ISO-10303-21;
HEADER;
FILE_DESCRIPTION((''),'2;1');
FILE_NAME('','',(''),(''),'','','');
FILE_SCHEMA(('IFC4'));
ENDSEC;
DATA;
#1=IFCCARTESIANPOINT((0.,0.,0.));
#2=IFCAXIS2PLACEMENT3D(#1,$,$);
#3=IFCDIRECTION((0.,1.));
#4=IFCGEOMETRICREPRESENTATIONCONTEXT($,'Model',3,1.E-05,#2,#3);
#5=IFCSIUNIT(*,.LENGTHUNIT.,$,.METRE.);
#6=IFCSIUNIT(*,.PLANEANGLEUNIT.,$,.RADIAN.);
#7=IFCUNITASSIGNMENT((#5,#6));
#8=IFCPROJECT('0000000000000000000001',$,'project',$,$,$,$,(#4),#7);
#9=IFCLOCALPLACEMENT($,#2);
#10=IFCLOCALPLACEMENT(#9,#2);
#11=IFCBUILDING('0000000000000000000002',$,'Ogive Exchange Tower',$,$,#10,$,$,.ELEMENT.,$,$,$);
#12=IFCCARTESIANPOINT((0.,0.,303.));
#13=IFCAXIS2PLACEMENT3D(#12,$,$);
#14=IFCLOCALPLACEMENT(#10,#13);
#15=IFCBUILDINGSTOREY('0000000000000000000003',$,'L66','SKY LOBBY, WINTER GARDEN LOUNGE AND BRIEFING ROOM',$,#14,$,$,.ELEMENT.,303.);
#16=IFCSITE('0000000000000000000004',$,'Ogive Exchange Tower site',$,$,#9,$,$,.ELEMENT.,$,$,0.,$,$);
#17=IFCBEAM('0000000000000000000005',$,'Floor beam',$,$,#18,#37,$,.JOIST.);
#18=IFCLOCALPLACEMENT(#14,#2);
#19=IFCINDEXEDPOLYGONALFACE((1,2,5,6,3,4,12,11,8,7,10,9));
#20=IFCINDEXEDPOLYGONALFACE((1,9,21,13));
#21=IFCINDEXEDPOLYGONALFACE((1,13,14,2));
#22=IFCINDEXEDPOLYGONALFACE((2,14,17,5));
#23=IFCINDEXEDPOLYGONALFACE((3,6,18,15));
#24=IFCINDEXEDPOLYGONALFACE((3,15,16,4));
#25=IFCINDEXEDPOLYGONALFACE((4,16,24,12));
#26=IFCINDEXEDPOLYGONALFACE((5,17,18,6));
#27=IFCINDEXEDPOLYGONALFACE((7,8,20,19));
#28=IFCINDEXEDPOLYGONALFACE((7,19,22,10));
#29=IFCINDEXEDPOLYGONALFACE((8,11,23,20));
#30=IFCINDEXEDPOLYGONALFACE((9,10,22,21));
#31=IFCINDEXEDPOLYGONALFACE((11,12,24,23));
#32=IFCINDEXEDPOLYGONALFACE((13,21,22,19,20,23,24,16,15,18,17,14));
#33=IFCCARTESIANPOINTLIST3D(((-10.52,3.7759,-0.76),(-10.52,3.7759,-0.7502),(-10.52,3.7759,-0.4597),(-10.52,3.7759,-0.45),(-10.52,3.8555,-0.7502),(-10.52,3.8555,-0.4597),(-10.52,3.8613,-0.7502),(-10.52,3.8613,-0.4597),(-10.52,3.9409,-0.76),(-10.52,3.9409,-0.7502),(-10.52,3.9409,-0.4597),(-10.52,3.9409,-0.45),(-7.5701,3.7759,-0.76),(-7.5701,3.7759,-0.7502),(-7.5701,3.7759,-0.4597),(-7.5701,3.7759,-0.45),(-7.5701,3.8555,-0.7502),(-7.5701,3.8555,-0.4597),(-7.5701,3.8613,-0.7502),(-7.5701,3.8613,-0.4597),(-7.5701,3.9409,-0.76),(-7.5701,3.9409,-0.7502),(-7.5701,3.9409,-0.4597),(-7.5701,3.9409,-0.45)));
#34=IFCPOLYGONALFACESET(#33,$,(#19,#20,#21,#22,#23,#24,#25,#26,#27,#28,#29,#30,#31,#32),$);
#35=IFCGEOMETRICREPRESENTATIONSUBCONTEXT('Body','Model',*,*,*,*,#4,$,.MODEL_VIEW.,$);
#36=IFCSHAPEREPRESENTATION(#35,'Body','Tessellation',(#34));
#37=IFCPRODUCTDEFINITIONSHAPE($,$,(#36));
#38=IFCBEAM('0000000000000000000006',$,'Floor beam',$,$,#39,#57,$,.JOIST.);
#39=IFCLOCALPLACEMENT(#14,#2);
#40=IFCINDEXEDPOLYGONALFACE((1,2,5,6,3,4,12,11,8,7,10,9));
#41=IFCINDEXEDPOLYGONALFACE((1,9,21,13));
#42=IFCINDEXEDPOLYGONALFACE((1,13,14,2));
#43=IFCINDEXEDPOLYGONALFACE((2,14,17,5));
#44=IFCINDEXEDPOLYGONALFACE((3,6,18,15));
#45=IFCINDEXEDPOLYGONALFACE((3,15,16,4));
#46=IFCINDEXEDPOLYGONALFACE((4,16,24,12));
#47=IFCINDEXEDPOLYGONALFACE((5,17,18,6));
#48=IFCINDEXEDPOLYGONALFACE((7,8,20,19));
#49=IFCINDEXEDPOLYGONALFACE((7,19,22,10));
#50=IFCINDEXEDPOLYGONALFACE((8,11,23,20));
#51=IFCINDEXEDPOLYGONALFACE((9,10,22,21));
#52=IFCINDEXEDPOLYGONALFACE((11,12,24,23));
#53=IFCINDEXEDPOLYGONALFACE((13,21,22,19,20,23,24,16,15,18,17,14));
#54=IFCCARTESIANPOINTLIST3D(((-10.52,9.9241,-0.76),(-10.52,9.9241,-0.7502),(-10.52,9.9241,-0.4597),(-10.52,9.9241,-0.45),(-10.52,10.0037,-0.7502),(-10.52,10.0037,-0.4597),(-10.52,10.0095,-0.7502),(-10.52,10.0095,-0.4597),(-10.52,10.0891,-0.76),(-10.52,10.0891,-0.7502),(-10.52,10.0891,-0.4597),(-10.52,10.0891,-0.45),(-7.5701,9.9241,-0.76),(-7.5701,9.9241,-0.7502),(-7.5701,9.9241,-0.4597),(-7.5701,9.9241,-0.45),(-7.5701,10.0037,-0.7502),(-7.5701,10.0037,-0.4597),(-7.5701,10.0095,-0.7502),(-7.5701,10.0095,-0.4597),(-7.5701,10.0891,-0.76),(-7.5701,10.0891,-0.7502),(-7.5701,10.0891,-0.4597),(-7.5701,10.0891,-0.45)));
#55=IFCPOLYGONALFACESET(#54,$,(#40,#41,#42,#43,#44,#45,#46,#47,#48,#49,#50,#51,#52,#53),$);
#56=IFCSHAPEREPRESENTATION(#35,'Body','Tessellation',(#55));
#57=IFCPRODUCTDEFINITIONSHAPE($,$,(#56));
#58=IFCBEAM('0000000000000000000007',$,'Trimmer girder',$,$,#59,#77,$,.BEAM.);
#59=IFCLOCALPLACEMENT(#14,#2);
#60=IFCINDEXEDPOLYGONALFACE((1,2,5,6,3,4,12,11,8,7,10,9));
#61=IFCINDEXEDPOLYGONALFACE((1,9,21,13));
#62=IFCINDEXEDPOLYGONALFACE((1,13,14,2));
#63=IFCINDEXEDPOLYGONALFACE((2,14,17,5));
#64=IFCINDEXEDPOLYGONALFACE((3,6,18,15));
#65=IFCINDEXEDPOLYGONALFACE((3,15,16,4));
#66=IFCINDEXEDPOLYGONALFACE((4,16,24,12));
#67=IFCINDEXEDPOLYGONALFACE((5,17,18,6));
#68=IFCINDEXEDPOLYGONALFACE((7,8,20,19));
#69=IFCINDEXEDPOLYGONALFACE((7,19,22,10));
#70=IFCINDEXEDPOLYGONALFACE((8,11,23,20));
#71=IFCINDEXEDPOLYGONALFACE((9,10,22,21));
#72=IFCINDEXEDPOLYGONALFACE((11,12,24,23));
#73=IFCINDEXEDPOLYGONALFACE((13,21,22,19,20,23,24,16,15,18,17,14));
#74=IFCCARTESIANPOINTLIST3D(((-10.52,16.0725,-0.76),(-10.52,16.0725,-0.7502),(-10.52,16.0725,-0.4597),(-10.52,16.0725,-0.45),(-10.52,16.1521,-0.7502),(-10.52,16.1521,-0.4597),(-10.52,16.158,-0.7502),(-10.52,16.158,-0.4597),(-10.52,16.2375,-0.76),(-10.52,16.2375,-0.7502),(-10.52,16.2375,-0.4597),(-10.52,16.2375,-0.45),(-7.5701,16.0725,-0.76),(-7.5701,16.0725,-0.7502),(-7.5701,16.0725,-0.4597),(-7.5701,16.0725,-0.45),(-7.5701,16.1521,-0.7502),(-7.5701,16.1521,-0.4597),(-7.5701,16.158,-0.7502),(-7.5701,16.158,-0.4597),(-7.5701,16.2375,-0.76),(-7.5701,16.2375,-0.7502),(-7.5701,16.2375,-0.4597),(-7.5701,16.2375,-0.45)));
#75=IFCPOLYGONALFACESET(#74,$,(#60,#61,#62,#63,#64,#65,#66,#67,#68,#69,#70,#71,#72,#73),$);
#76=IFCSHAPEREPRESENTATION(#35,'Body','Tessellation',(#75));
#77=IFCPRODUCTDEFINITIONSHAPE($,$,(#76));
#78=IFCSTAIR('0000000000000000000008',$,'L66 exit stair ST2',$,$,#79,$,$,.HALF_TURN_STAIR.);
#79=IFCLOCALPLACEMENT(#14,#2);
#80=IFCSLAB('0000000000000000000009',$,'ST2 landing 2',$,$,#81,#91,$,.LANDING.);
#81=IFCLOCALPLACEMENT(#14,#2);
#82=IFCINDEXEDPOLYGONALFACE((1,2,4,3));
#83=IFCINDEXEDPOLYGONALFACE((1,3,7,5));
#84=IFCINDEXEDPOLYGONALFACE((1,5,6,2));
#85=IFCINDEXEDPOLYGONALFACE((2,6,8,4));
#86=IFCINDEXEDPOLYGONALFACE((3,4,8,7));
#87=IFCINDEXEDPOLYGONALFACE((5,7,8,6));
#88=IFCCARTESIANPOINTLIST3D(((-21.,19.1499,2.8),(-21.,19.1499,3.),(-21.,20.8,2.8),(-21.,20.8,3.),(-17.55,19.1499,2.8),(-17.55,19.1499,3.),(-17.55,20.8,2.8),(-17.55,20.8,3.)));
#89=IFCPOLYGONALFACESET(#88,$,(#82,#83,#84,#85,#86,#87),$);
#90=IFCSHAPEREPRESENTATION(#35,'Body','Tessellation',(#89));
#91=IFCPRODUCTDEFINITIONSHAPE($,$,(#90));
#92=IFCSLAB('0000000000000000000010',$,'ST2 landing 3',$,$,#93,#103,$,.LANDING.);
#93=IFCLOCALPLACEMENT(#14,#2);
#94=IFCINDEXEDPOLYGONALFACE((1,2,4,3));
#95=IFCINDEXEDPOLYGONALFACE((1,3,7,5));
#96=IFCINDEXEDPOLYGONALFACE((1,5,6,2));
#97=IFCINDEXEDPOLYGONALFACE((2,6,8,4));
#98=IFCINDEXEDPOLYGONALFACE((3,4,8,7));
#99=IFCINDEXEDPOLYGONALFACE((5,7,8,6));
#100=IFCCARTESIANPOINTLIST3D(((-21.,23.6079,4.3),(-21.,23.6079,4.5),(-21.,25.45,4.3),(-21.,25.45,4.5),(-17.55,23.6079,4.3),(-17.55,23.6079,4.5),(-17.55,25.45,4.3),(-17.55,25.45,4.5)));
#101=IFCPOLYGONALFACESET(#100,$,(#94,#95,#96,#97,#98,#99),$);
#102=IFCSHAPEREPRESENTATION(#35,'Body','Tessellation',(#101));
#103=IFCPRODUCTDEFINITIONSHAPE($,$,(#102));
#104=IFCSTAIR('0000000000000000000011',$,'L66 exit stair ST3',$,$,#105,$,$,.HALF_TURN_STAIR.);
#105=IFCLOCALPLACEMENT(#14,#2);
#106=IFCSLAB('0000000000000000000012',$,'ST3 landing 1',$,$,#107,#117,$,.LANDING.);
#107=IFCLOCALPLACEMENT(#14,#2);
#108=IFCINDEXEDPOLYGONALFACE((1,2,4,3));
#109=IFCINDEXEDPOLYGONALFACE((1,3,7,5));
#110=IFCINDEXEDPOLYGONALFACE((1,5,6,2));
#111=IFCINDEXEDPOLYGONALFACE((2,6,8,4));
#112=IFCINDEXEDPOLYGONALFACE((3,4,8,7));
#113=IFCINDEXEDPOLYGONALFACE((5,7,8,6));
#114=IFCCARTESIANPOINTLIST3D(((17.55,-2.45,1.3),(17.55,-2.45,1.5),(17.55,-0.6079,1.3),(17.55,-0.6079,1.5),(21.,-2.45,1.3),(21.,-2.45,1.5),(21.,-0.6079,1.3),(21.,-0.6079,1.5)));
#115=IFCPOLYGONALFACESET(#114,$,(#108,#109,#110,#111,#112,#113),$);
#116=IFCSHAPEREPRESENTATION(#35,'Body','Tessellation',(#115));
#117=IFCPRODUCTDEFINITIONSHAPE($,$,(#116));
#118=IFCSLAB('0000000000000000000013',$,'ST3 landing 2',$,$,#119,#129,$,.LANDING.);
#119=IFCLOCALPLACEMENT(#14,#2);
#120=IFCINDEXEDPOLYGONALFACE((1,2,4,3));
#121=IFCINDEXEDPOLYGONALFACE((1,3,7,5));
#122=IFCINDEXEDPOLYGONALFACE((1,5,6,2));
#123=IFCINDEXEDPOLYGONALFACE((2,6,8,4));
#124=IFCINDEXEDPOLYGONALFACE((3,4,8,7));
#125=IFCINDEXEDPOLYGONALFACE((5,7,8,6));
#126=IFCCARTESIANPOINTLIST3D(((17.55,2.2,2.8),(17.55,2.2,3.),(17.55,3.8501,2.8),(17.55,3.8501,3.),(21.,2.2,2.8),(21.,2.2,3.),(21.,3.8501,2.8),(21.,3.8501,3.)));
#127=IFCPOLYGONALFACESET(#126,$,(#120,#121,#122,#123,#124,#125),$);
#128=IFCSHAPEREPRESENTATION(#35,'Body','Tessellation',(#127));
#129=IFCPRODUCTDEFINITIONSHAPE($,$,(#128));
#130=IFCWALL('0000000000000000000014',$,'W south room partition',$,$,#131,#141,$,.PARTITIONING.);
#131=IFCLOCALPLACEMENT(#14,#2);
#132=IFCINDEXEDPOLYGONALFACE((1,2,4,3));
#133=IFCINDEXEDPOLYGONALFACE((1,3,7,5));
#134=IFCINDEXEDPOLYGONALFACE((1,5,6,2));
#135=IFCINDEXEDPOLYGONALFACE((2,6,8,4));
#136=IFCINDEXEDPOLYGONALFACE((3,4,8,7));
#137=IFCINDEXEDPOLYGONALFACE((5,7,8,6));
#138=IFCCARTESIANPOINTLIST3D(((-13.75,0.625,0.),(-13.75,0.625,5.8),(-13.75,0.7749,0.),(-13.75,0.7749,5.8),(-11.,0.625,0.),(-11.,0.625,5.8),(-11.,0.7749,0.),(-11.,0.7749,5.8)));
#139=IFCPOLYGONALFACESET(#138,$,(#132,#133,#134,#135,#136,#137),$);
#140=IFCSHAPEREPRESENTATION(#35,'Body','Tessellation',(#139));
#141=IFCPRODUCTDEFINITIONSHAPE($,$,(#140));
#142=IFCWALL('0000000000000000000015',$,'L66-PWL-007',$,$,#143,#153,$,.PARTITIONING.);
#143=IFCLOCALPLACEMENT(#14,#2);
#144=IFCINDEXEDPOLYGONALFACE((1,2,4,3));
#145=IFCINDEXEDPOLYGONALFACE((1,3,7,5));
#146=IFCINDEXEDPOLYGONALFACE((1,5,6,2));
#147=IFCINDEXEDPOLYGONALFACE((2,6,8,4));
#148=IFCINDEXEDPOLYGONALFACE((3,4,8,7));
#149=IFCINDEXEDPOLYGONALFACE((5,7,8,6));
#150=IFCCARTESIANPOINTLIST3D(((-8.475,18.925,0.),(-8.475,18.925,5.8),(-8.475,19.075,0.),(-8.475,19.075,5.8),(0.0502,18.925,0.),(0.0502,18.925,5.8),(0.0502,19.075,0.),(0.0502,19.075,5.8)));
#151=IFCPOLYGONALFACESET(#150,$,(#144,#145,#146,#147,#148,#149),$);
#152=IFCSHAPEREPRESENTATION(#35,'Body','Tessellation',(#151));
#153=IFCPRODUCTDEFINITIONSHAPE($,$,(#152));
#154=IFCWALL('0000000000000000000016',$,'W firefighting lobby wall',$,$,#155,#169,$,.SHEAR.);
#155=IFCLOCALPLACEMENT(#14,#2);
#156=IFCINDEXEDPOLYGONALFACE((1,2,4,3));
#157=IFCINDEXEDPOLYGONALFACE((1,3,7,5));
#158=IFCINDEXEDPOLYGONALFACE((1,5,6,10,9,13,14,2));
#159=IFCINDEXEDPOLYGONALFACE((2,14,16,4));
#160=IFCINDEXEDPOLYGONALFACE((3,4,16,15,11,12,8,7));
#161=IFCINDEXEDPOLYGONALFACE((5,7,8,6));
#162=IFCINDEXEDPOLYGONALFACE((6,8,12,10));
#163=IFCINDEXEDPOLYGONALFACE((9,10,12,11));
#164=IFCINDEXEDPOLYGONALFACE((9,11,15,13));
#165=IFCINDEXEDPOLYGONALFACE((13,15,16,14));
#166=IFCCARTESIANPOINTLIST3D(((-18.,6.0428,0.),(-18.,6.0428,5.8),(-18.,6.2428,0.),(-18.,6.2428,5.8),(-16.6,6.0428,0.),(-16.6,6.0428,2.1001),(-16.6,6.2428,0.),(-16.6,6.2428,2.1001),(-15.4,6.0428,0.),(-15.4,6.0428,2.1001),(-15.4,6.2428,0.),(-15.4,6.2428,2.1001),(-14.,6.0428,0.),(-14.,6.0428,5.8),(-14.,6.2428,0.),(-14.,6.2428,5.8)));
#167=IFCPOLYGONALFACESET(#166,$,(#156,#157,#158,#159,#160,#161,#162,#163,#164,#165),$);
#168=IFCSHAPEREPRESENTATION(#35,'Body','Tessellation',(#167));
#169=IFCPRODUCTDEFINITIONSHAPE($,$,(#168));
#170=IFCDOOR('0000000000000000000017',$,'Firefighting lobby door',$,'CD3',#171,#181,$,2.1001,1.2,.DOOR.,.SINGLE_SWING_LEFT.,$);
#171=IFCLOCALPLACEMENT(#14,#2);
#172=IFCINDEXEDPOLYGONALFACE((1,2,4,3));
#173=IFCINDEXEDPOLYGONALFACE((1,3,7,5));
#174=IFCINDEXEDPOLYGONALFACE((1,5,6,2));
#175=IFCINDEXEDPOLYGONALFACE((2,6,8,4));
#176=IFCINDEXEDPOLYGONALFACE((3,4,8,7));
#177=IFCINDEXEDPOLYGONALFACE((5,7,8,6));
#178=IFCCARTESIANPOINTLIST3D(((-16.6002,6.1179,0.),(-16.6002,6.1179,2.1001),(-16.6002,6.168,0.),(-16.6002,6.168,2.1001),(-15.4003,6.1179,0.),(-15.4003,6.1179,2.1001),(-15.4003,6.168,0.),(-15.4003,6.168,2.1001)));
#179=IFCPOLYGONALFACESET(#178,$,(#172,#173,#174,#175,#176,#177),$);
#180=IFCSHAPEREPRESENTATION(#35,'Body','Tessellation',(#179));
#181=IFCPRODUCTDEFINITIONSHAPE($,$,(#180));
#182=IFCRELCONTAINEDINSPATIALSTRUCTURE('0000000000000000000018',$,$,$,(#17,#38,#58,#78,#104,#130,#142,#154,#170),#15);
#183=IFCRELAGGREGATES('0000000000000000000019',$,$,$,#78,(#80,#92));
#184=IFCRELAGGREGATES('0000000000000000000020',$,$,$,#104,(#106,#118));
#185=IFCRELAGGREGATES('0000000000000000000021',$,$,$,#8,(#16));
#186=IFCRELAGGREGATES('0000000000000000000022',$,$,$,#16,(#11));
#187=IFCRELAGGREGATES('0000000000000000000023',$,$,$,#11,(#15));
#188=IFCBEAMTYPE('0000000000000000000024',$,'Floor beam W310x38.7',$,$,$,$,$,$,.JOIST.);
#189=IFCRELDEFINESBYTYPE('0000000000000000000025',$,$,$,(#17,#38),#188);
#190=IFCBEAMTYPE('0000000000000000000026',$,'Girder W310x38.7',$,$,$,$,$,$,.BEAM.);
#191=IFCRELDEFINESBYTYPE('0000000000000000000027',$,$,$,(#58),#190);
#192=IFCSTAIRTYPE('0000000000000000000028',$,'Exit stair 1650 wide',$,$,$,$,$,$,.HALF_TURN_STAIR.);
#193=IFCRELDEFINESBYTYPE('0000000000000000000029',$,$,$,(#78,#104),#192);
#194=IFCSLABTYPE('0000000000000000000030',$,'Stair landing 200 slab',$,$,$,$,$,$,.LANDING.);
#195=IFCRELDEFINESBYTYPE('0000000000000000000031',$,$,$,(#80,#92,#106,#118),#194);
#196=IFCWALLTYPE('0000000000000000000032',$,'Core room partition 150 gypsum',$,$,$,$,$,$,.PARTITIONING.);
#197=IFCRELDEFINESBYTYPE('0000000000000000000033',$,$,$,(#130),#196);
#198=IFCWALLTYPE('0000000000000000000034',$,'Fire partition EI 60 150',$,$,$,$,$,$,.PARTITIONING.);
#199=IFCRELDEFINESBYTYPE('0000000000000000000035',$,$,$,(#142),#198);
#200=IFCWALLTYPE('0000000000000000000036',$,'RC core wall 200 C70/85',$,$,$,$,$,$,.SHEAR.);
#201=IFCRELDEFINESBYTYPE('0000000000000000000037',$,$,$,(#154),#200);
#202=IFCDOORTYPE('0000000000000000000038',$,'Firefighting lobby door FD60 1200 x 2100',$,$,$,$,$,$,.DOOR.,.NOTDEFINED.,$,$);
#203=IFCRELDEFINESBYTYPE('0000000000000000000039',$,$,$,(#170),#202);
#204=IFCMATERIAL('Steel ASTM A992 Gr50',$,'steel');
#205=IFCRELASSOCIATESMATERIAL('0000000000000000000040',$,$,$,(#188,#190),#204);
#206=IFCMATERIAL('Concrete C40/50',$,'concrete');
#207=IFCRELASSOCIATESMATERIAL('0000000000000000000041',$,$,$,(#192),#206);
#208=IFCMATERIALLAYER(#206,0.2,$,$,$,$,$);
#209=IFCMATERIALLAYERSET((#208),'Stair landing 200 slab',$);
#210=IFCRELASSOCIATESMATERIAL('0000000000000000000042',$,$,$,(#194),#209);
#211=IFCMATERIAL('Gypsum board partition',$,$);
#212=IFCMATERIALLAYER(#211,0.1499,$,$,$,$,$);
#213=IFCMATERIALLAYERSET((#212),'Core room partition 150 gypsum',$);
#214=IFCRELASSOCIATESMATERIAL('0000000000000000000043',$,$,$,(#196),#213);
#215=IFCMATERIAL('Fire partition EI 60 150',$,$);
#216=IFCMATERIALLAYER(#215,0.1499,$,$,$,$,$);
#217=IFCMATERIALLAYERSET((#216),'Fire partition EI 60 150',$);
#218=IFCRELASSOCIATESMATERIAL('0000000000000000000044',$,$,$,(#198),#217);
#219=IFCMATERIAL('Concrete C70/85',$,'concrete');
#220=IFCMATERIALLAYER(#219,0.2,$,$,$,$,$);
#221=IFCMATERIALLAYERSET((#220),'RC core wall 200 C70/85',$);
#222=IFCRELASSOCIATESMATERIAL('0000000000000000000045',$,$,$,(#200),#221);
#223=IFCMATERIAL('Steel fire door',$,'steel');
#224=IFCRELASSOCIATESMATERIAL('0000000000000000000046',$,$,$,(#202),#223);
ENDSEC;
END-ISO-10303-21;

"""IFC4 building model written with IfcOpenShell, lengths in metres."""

from ifc_helpers import new_model, si_unit, direction, frame, frame_2d, origin, origin_2d, place, context, subcontext, project, spatial, polyline, rectangle, i_section, outline, extrude, material, layer, layer_set, material_profile, profile_set, type_object, element, fill, aggregate, save


model = new_model("IFC4")

# Units and contexts
model_context = context("Model", 3, precision=1e-05, world=origin(), true_north=direction((0.0, 1.0)))
body_context = subcontext(model_context, "Body", "Model", "MODEL_VIEW")
ifc_project = project(units=[si_unit("LENGTHUNIT", "METRE"), si_unit("PLANEANGLEUNIT", "RADIAN")], contexts=[model_context])

# Site, building, storey
site_placement = place(None, origin())
site = spatial("IfcSite", under=ifc_project, at=site_placement, Name="Ogive Exchange Tower site", CompositionType="ELEMENT", RefElevation=0.0)
building_placement = place(site_placement, origin())
building = spatial("IfcBuilding", under=site, at=building_placement, Name="Ogive Exchange Tower", CompositionType="ELEMENT")
storey_placement = place(building_placement, frame((0.0, 0.0, 303.0)))
storey = spatial("IfcBuildingStorey", under=building, at=storey_placement, Name="L66", Description="SKY LOBBY, WINTER GARDEN LOUNGE AND BRIEFING ROOM", CompositionType="ELEMENT", Elevation=303.0)

# Beams
ifc_material_1 = material(Name="Steel ASTM A992 Gr50", Category="steel")
ifc_material_profile_1 = material_profile(ifc_material_1, i_section(OverallWidth=0.165, OverallDepth=0.3101, WebThickness=0.0059, FlangeThickness=0.0098, at=origin_2d()), Name="W310x38.7")
ifc_profile_set_1 = profile_set([ifc_material_profile_1], Name="Steel ASTM A992 Gr50")
beam_type_1 = type_object("IfcBeamType", Name="Floor beam W310x38.7", PredefinedType="JOIST", material=ifc_profile_set_1)
for number, where, z_axis, x_axis, name in (
    (1, (-10.52, 3.8584, -0.605), (1.0, 0.0, 0.0), (0.0, 1.0, 0.0), "Floor beam"),
    (2, (-10.52, 10.0066, -0.605), (1.0, 0.0, 0.0), (0.0, 1.0, 0.0), "Floor beam"),
):
    element("IfcBeam", number, at=place(storey_placement, frame(where, z_axis=z_axis, x_axis=x_axis)), inside=storey, type_object=beam_type_1, Name=name, PredefinedType="JOIST", context=body_context, shape_type="SweptSolid", body=[
        extrude(i_section(OverallWidth=0.165, OverallDepth=0.3101, WebThickness=0.0059, FlangeThickness=0.0098, at=origin_2d()), origin(), (0.0, 0.0, 1.0), 2.95),
    ])
ifc_material_profile_2 = material_profile(ifc_material_1, i_section(OverallWidth=0.165, OverallDepth=0.3101, WebThickness=0.0059, FlangeThickness=0.0098, at=origin_2d()), Name="W310x38.7")
ifc_profile_set_2 = profile_set([ifc_material_profile_2], Name="Steel ASTM A992 Gr50")
beam_type_2 = type_object("IfcBeamType", Name="Girder W310x38.7", PredefinedType="BEAM", material=ifc_profile_set_2)
beam_placement = place(storey_placement, frame((-10.52, 16.155, -0.605), z_axis=(1.0, 0.0, 0.0), x_axis=(0.0, 1.0, 0.0)))
element("IfcBeam", 3, at=beam_placement, inside=storey, type_object=beam_type_2, Name="Trimmer girder", PredefinedType="BEAM", context=body_context, shape_type="SweptSolid", body=[
    extrude(i_section(OverallWidth=0.165, OverallDepth=0.3101, WebThickness=0.0059, FlangeThickness=0.0098, at=origin_2d()), origin(), (0.0, 0.0, 1.0), 2.95),
])

# Stairs, slabs
ifc_material_2 = material(Name="Concrete C40/50", Category="concrete")
stair_type = type_object("IfcStairType", Name="Exit stair 1650 wide", PredefinedType="HALF_TURN_STAIR", material=ifc_material_2)
stair_1_placement = place(storey_placement, origin())
stair_1 = element("IfcStair", 4, at=stair_1_placement, inside=storey, type_object=stair_type, Name="L66 exit stair ST2", PredefinedType="HALF_TURN_STAIR")
ifc_layer_1 = layer(ifc_material_2, 0.2)
ifc_layer_set_1 = layer_set([ifc_layer_1], Name="Stair landing 200 slab")
slab_type = type_object("IfcSlabType", Name="Stair landing 200 slab", PredefinedType="LANDING", material=ifc_layer_set_1)
slab_1_placement = place(storey_placement, frame((0.0, 0.0, 2.8)))
slab_1 = element("IfcSlab", 5, at=slab_1_placement, type_object=slab_type, Name="ST2 landing 2", PredefinedType="LANDING", context=body_context, shape_type="SweptSolid", body=[
    extrude(outline(polyline([(-17.55, 19.1499), (-17.55, 20.8), (-21.0, 20.8), (-21.0, 19.1499), (-17.55, 19.1499)])), origin(), (0.0, 0.0, 1.0), 0.2),
])
slab_2_placement = place(storey_placement, frame((0.0, 0.0, 4.3)))
slab_2 = element("IfcSlab", 6, at=slab_2_placement, type_object=slab_type, Name="ST2 landing 3", PredefinedType="LANDING", context=body_context, shape_type="SweptSolid", body=[
    extrude(outline(polyline([(-17.55, 23.6079), (-17.55, 25.45), (-21.0, 25.45), (-21.0, 23.6079), (-17.55, 23.6079)])), origin(), (0.0, 0.0, 1.0), 0.2),
])
aggregate(stair_1, [slab_1, slab_2])
stair_2_placement = place(storey_placement, origin())
stair_2 = element("IfcStair", 7, at=stair_2_placement, inside=storey, type_object=stair_type, Name="L66 exit stair ST3", PredefinedType="HALF_TURN_STAIR")
slab_3_placement = place(storey_placement, frame((0.0, 0.0, 1.3)))
slab_3 = element("IfcSlab", 8, at=slab_3_placement, type_object=slab_type, Name="ST3 landing 1", PredefinedType="LANDING", context=body_context, shape_type="SweptSolid", body=[
    extrude(outline(polyline([(17.55, -0.6079), (17.55, -2.45), (21.0, -2.45), (21.0, -0.6079), (17.55, -0.6079)])), origin(), (0.0, 0.0, 1.0), 0.2),
])
slab_4_placement = place(storey_placement, frame((0.0, 0.0, 2.8)))
slab_4 = element("IfcSlab", 9, at=slab_4_placement, type_object=slab_type, Name="ST3 landing 2", PredefinedType="LANDING", context=body_context, shape_type="SweptSolid", body=[
    extrude(outline(polyline([(17.55, 3.8501), (17.55, 2.2), (21.0, 2.2), (21.0, 3.8501), (17.55, 3.8501)])), origin(), (0.0, 0.0, 1.0), 0.2),
])
aggregate(stair_2, [slab_3, slab_4])

# Walls
ifc_material_3 = material(Name="Gypsum board partition")
ifc_layer_2 = layer(ifc_material_3, 0.1499)
ifc_layer_set_2 = layer_set([ifc_layer_2], Name="Core room partition 150 gypsum")
wall_type_1 = type_object("IfcWallType", Name="Core room partition 150 gypsum", PredefinedType="PARTITIONING", material=ifc_layer_set_2)
wall_1_placement = place(storey_placement, frame((-13.75, 0.7, 0.0), z_axis=(0.0, 0.0, 1.0), x_axis=(1.0, 0.0, 0.0)))
element("IfcWall", 10, at=wall_1_placement, inside=storey, type_object=wall_type_1, Name="W south room partition", PredefinedType="PARTITIONING", context=body_context, shape_type="SweptSolid", body=[
    extrude(rectangle(XDim=2.75, YDim=0.1499, at=frame_2d((1.375, 0.0))), origin(), (0.0, 0.0, 1.0), 5.8),
])
ifc_material_4 = material(Name="Fire partition EI 60 150")
ifc_layer_3 = layer(ifc_material_4, 0.1499)
ifc_layer_set_3 = layer_set([ifc_layer_3], Name="Fire partition EI 60 150")
wall_type_2 = type_object("IfcWallType", Name="Fire partition EI 60 150", PredefinedType="PARTITIONING", material=ifc_layer_set_3)
wall_2_placement = place(storey_placement, frame((-8.4751, 19.0, 0.0), z_axis=(0.0, 0.0, 1.0), x_axis=(1.0, 0.0, 0.0)))
element("IfcWall", 11, at=wall_2_placement, inside=storey, type_object=wall_type_2, Name="L66-PWL-007", PredefinedType="PARTITIONING", context=body_context, shape_type="SweptSolid", body=[
    extrude(rectangle(XDim=8.5251, YDim=0.1499, at=frame_2d((4.2627, 0.0))), origin(), (0.0, 0.0, 1.0), 5.8),
])

# Wall, opening, door
ifc_material_5 = material(Name="Concrete C70/85", Category="concrete")
ifc_layer_4 = layer(ifc_material_5, 0.2)
ifc_layer_set_4 = layer_set([ifc_layer_4], Name="RC core wall 200 C70/85")
wall_type_3 = type_object("IfcWallType", Name="RC core wall 200 C70/85", PredefinedType="SHEAR", material=ifc_layer_set_4)
wall_3_placement = place(storey_placement, frame((-18.0, 6.1428, 0.0), z_axis=(0.0, 0.0, 1.0), x_axis=(1.0, 0.0, 0.0)))
wall_3 = element("IfcWall", 12, at=wall_3_placement, inside=storey, type_object=wall_type_3, Name="W firefighting lobby wall", PredefinedType="SHEAR", context=body_context, shape_type="SweptSolid", body=[
    extrude(rectangle(XDim=4.0, YDim=0.2, at=frame_2d((2.0, 0.0))), origin(), (0.0, 0.0, 1.0), 5.8),
])
opening_1_placement = place(wall_3_placement, frame((1.3999, 0.0, 0.0)))
opening_1 = element("IfcOpeningElement", 13, at=opening_1_placement, cuts=wall_3, PredefinedType="OPENING", context=body_context, shape_type="SweptSolid", body=[
    extrude(rectangle(XDim=1.2, YDim=2.1001, at=frame_2d((0.6001, 1.05))), frame((0.0, 0.1099, 0.0), z_axis=(0.0, -1.0, 0.0), x_axis=(1.0, 0.0, 0.0)), (0.0, 0.0, 1.0), 0.22),
])
ifc_material_6 = material(Name="Steel fire door", Category="steel")
door_type_1 = type_object("IfcDoorType", Name="Firefighting lobby door FD60 1200 x 2100", OperationType="NOTDEFINED", PredefinedType="DOOR", material=ifc_material_6)
door_1_placement = place(opening_1_placement, frame((1.2, 0.0, 0.0), z_axis=(0.0, 0.0, 1.0), x_axis=(-1.0, 0.0, 0.0)))
door_1 = element("IfcDoor", 14, at=door_1_placement, inside=storey, type_object=door_type_1, Name="Firefighting lobby door", ObjectType="CD3", OperationType="SINGLE_SWING_LEFT", OverallHeight=2.1001, OverallWidth=1.2, PredefinedType="DOOR", context=body_context, shape_type="SweptSolid", body=[
    extrude(rectangle(XDim=1.2, YDim=2.1001, at=frame_2d((0.6001, 1.05))), frame((0.0, 0.0249, 0.0), z_axis=(0.0, -1.0, 0.0), x_axis=(1.0, 0.0, 0.0)), (0.0, 0.0, 1.0), 0.05),
])
fill(opening_1, door_1)

save(model, "model.ifc")
